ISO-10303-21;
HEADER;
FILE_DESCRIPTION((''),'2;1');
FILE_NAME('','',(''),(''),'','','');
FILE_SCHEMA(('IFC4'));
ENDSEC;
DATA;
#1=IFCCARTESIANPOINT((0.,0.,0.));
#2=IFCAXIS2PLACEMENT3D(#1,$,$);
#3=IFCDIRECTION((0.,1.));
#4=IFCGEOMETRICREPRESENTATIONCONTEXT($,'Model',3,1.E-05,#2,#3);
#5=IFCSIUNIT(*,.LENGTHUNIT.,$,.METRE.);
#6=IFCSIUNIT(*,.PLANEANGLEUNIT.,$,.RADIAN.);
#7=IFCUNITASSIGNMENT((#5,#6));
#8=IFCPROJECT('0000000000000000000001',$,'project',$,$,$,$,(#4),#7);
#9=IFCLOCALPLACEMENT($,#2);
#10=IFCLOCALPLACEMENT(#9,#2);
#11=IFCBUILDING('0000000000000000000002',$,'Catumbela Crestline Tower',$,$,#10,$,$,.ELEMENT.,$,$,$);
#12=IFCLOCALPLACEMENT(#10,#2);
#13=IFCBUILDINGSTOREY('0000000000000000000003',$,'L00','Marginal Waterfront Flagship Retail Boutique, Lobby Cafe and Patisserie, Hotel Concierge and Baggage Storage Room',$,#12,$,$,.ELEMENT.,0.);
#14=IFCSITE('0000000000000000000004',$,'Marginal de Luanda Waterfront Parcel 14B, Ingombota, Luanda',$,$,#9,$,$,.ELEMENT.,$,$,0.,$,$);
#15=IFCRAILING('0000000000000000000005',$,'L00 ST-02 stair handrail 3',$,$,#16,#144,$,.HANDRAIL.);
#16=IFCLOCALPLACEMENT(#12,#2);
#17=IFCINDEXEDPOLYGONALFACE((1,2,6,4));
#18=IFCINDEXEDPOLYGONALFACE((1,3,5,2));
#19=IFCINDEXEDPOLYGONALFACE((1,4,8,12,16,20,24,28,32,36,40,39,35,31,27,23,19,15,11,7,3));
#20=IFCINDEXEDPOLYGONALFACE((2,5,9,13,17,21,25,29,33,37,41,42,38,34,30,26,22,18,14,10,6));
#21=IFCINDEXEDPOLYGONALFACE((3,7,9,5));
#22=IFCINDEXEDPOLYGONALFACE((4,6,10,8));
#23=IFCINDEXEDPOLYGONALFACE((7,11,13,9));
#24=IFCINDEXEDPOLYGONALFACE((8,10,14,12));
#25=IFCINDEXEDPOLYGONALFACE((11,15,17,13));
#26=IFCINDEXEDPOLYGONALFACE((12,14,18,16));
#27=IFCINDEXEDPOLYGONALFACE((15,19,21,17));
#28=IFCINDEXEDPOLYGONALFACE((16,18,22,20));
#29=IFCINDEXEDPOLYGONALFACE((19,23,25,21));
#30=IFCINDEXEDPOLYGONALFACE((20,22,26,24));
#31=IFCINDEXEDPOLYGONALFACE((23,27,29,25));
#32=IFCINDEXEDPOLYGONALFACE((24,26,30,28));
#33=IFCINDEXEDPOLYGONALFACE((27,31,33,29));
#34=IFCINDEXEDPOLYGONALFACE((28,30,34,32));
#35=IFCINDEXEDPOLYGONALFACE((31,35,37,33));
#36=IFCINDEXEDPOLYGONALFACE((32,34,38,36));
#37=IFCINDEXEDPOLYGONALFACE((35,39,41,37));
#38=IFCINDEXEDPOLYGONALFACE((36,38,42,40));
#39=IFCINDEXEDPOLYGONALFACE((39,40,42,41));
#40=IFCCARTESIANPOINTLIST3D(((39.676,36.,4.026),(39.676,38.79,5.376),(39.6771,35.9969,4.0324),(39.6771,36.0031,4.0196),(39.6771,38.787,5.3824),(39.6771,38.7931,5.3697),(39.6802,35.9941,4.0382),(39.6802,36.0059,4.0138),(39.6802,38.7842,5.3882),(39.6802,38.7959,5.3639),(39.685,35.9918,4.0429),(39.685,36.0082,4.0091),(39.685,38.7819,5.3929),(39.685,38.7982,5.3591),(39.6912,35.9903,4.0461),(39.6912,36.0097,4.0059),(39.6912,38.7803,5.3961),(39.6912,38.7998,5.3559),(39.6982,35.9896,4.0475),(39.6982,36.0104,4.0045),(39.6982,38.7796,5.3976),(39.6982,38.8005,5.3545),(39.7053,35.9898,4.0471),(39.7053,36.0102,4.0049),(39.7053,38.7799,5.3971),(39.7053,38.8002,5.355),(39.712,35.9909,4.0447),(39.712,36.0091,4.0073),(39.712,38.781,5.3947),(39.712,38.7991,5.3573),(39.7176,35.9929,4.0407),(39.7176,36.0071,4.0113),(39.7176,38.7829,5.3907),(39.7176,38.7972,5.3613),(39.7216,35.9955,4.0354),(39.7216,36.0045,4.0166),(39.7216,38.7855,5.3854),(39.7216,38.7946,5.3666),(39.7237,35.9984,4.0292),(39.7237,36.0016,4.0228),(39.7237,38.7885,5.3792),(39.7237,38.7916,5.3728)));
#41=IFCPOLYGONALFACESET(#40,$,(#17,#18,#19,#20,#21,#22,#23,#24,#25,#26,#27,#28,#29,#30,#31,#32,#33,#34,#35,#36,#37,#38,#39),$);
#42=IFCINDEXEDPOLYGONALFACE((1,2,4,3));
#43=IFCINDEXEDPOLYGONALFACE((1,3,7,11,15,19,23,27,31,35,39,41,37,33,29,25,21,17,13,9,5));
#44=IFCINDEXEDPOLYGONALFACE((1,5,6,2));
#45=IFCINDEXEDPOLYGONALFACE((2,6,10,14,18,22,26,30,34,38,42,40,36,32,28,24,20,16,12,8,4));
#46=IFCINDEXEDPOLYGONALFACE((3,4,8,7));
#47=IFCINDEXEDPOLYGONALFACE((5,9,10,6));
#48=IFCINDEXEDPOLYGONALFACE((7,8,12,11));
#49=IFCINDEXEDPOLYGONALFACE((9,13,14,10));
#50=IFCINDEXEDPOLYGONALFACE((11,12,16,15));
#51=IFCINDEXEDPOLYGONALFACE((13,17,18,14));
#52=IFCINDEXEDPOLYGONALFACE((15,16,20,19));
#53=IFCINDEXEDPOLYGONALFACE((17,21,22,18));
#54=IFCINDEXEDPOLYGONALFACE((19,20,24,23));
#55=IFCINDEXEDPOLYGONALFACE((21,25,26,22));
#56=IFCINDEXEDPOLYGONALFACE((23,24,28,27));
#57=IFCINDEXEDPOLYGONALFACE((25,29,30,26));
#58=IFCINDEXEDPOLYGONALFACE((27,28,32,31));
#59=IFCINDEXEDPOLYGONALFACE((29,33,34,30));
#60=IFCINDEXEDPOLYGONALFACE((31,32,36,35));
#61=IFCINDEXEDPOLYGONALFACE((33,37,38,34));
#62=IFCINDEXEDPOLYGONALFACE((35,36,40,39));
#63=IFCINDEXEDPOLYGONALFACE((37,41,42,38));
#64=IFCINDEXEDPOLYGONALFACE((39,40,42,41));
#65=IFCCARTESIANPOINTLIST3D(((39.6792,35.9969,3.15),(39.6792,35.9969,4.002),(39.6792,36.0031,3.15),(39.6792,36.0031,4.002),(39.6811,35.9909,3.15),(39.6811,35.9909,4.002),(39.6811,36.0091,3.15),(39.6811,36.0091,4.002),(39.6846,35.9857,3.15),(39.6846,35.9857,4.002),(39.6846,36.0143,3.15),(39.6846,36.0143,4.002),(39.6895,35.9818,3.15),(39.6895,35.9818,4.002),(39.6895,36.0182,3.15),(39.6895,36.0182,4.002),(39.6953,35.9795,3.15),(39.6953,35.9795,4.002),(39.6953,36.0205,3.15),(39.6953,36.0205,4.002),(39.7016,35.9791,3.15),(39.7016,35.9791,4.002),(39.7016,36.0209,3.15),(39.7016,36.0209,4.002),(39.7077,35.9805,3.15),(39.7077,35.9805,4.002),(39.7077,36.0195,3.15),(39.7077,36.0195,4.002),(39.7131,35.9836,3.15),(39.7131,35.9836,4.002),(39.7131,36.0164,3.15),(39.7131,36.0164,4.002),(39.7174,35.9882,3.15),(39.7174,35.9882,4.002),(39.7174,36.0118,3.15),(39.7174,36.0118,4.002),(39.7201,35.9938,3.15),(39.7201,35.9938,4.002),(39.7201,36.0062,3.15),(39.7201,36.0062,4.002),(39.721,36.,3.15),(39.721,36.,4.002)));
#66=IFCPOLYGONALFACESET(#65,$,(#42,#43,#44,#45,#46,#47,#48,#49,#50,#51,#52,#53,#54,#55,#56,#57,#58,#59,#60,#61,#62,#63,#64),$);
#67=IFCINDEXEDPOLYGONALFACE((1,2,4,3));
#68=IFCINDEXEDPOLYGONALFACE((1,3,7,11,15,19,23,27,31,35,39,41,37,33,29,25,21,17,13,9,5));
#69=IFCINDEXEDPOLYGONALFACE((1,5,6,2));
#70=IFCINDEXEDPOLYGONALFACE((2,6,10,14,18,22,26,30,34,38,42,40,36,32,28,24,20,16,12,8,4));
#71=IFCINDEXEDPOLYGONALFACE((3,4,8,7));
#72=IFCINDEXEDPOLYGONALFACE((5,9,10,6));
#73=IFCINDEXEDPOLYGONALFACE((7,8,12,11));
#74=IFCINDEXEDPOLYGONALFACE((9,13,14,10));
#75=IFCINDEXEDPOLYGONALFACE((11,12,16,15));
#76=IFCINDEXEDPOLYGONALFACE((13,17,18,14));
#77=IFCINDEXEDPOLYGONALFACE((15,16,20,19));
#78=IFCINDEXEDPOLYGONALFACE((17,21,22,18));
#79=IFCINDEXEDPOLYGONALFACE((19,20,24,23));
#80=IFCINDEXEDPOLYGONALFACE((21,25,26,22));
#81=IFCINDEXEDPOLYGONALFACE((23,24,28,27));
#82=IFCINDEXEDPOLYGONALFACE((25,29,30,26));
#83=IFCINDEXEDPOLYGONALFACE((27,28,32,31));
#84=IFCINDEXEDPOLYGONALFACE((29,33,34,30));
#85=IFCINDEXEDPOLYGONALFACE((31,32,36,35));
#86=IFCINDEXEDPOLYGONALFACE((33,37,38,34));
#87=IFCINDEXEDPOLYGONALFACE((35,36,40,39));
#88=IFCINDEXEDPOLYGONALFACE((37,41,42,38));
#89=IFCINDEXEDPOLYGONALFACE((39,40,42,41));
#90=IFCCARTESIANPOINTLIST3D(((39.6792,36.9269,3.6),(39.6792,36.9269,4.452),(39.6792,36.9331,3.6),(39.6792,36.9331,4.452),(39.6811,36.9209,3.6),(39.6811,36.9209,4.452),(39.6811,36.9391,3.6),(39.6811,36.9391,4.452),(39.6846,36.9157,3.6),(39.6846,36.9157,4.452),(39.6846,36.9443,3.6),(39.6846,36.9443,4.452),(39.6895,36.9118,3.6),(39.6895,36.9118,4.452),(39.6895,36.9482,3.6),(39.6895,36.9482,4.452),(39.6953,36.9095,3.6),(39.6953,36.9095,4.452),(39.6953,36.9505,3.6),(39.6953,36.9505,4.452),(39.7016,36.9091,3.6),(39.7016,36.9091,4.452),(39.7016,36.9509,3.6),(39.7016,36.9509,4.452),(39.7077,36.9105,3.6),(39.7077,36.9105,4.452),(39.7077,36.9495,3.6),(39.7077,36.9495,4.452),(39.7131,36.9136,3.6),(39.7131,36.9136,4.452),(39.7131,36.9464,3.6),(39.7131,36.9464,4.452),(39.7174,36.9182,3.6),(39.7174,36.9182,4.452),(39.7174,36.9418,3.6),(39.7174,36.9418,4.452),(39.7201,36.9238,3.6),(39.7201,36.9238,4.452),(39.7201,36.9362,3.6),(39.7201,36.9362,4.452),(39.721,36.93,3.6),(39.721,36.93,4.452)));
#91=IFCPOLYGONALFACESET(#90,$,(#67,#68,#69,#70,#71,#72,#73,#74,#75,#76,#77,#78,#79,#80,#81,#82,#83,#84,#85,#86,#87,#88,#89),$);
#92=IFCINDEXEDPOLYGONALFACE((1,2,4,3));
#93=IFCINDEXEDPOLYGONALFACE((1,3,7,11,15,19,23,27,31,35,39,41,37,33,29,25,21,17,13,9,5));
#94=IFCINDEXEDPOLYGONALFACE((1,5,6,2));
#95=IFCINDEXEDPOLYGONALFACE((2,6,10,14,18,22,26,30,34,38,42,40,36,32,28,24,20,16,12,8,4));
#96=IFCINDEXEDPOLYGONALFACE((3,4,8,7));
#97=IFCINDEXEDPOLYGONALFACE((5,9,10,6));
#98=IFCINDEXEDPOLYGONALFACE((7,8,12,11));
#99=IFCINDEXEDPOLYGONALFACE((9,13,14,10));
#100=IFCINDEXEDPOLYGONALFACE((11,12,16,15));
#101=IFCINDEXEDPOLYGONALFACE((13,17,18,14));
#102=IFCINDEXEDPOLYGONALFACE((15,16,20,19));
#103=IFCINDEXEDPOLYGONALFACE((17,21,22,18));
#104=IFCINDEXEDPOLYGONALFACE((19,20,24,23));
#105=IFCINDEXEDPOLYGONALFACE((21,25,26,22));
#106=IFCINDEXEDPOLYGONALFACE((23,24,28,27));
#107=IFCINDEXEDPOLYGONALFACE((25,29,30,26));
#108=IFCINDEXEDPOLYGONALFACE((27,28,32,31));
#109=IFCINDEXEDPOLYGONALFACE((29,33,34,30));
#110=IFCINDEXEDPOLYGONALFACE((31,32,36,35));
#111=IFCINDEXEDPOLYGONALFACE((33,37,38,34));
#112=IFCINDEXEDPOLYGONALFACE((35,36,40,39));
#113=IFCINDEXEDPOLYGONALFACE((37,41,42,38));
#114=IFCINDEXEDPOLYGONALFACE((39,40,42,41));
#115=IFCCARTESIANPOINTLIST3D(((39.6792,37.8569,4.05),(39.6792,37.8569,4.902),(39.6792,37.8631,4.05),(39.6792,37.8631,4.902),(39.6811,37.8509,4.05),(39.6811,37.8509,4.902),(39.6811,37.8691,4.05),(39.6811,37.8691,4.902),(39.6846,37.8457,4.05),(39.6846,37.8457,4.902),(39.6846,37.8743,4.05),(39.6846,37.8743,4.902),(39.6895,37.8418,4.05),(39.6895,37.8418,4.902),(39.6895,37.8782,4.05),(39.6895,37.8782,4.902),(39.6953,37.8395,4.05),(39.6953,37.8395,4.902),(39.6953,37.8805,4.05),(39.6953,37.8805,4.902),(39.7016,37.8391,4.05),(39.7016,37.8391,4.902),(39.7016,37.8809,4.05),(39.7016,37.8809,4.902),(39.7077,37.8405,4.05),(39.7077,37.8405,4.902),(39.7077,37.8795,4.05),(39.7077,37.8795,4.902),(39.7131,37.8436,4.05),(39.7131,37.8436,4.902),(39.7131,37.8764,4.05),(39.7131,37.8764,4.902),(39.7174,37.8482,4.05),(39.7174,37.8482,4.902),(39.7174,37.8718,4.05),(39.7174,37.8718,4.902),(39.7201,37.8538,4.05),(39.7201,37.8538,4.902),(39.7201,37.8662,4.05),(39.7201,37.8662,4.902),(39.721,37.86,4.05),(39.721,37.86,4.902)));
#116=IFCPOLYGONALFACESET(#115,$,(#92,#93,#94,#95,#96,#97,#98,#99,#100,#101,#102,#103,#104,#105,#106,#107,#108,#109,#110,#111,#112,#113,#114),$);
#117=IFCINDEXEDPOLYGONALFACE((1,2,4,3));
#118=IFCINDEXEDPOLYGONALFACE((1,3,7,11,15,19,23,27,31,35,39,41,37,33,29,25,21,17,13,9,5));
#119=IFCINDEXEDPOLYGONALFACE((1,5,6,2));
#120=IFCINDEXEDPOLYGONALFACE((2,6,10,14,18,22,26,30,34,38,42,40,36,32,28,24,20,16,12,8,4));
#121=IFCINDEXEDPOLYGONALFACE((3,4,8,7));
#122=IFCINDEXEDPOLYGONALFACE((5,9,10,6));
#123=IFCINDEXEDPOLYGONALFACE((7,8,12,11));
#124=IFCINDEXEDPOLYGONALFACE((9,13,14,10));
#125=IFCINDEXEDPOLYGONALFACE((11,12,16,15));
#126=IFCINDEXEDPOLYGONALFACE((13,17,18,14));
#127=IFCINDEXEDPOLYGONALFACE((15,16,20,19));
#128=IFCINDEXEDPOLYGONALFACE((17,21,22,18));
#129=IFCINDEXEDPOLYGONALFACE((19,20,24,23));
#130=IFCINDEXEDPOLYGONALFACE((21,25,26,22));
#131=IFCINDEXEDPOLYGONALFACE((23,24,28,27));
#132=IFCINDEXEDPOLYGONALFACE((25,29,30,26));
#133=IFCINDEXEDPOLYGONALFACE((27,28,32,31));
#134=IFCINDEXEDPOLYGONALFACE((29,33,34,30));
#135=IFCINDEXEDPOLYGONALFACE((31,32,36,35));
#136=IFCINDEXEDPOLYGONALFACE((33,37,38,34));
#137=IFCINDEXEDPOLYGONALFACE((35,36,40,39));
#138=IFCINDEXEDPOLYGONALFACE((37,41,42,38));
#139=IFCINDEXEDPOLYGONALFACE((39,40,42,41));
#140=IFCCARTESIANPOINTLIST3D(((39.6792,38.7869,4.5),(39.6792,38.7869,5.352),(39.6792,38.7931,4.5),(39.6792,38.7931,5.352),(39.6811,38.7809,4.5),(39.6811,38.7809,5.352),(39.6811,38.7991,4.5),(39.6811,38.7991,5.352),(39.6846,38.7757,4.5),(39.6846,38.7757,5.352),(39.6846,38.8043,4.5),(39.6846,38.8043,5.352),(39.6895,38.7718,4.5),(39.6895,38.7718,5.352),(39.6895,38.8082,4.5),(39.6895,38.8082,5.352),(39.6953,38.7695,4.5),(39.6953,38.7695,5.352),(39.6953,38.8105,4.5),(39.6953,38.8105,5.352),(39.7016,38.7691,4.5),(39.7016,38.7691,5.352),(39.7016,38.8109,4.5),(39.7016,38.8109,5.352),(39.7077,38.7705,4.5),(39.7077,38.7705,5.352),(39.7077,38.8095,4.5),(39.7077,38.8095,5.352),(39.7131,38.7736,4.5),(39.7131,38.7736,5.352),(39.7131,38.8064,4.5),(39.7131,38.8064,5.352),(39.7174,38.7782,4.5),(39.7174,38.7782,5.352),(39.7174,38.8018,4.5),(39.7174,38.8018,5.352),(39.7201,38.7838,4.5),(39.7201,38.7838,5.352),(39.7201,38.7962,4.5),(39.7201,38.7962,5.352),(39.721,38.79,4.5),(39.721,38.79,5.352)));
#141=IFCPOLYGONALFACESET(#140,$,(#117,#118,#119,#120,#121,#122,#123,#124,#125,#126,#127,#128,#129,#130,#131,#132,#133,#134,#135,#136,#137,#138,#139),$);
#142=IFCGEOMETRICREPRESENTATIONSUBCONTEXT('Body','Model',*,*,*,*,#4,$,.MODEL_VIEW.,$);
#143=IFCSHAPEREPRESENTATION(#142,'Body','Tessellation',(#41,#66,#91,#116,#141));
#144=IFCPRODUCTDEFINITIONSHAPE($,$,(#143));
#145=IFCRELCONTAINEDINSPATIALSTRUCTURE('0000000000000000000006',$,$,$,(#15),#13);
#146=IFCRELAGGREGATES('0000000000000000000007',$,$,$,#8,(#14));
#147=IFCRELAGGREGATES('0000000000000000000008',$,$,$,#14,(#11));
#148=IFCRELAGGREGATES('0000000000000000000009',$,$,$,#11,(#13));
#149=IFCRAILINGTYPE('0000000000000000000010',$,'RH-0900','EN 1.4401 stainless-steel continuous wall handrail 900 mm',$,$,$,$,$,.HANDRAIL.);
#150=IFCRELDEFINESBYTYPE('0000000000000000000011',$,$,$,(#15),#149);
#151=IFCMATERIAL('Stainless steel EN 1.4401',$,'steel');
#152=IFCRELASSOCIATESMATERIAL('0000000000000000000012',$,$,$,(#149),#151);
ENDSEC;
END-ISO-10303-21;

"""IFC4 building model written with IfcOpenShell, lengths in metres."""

from ifc_helpers import new_model, si_unit, direction, frame, origin, origin_2d, place, context, subcontext, project, spatial, circle, extrude, material, type_object, element, save


model = new_model("IFC4")

# Units and contexts
model_context = context("Model", 3, precision=1e-05, world=origin(), true_north=direction((0.0, 1.0)))
body_context = subcontext(model_context, "Body", "Model", "MODEL_VIEW")
ifc_project = project(units=[si_unit("LENGTHUNIT", "METRE"), si_unit("PLANEANGLEUNIT", "RADIAN")], contexts=[model_context])

# Site, building, storey
site_placement = place(None, origin())
site = spatial("IfcSite", under=ifc_project, at=site_placement, Name="Marginal de Luanda Waterfront Parcel 14B, Ingombota, Luanda", CompositionType="ELEMENT", RefElevation=0.0)
building_placement = place(site_placement, origin())
building = spatial("IfcBuilding", under=site, at=building_placement, Name="Catumbela Crestline Tower", CompositionType="ELEMENT")
storey_placement = place(building_placement, origin())
storey = spatial("IfcBuildingStorey", under=building, at=storey_placement, Name="L00", Description="Marginal Waterfront Flagship Retail Boutique, Lobby Cafe and Patisserie, Hotel Concierge and Baggage Storage Room", CompositionType="ELEMENT", Elevation=0.0)

# Shared definitions
ifc_material_1 = material(Name="Stainless steel EN 1.4401", Category="steel")

# Railing
railing_type_1 = type_object("IfcRailingType", Name="RH-0900", Description="EN 1.4401 stainless-steel continuous wall handrail 900 mm", PredefinedType="HANDRAIL", material=ifc_material_1)
railing_1_placement = place(storey_placement, frame((39.7, 36.0, 3.15)))
element("IfcRailing", 1, at=railing_1_placement, inside=storey, type_object=railing_type_1, Name="L00 ST-02 stair handrail 3", PredefinedType="HANDRAIL", context=body_context, shape_type="SweptSolid", body=[
    extrude(circle(Radius=0.024, at=origin_2d()), frame((0.0, 0.0, 0.876), z_axis=(0.0, 0.900159, 0.435561), x_axis=(-1.0, 0.0, 0.0)), (0.0, 0.0, 1.0), 3.0995),
    extrude(circle(Radius=0.021, at=origin_2d()), origin(), (0.0, 0.0, 1.0), 0.852),
    extrude(circle(Radius=0.021, at=origin_2d()), frame((0.0, 0.93, 0.45)), (0.0, 0.0, 1.0), 0.852),
    extrude(circle(Radius=0.021, at=origin_2d()), frame((0.0, 1.86, 0.9)), (0.0, 0.0, 1.0), 0.852),
    extrude(circle(Radius=0.021, at=origin_2d()), frame((0.0, 2.79, 1.35)), (0.0, 0.0, 1.0), 0.852),
])

save(model, "model.ifc")
